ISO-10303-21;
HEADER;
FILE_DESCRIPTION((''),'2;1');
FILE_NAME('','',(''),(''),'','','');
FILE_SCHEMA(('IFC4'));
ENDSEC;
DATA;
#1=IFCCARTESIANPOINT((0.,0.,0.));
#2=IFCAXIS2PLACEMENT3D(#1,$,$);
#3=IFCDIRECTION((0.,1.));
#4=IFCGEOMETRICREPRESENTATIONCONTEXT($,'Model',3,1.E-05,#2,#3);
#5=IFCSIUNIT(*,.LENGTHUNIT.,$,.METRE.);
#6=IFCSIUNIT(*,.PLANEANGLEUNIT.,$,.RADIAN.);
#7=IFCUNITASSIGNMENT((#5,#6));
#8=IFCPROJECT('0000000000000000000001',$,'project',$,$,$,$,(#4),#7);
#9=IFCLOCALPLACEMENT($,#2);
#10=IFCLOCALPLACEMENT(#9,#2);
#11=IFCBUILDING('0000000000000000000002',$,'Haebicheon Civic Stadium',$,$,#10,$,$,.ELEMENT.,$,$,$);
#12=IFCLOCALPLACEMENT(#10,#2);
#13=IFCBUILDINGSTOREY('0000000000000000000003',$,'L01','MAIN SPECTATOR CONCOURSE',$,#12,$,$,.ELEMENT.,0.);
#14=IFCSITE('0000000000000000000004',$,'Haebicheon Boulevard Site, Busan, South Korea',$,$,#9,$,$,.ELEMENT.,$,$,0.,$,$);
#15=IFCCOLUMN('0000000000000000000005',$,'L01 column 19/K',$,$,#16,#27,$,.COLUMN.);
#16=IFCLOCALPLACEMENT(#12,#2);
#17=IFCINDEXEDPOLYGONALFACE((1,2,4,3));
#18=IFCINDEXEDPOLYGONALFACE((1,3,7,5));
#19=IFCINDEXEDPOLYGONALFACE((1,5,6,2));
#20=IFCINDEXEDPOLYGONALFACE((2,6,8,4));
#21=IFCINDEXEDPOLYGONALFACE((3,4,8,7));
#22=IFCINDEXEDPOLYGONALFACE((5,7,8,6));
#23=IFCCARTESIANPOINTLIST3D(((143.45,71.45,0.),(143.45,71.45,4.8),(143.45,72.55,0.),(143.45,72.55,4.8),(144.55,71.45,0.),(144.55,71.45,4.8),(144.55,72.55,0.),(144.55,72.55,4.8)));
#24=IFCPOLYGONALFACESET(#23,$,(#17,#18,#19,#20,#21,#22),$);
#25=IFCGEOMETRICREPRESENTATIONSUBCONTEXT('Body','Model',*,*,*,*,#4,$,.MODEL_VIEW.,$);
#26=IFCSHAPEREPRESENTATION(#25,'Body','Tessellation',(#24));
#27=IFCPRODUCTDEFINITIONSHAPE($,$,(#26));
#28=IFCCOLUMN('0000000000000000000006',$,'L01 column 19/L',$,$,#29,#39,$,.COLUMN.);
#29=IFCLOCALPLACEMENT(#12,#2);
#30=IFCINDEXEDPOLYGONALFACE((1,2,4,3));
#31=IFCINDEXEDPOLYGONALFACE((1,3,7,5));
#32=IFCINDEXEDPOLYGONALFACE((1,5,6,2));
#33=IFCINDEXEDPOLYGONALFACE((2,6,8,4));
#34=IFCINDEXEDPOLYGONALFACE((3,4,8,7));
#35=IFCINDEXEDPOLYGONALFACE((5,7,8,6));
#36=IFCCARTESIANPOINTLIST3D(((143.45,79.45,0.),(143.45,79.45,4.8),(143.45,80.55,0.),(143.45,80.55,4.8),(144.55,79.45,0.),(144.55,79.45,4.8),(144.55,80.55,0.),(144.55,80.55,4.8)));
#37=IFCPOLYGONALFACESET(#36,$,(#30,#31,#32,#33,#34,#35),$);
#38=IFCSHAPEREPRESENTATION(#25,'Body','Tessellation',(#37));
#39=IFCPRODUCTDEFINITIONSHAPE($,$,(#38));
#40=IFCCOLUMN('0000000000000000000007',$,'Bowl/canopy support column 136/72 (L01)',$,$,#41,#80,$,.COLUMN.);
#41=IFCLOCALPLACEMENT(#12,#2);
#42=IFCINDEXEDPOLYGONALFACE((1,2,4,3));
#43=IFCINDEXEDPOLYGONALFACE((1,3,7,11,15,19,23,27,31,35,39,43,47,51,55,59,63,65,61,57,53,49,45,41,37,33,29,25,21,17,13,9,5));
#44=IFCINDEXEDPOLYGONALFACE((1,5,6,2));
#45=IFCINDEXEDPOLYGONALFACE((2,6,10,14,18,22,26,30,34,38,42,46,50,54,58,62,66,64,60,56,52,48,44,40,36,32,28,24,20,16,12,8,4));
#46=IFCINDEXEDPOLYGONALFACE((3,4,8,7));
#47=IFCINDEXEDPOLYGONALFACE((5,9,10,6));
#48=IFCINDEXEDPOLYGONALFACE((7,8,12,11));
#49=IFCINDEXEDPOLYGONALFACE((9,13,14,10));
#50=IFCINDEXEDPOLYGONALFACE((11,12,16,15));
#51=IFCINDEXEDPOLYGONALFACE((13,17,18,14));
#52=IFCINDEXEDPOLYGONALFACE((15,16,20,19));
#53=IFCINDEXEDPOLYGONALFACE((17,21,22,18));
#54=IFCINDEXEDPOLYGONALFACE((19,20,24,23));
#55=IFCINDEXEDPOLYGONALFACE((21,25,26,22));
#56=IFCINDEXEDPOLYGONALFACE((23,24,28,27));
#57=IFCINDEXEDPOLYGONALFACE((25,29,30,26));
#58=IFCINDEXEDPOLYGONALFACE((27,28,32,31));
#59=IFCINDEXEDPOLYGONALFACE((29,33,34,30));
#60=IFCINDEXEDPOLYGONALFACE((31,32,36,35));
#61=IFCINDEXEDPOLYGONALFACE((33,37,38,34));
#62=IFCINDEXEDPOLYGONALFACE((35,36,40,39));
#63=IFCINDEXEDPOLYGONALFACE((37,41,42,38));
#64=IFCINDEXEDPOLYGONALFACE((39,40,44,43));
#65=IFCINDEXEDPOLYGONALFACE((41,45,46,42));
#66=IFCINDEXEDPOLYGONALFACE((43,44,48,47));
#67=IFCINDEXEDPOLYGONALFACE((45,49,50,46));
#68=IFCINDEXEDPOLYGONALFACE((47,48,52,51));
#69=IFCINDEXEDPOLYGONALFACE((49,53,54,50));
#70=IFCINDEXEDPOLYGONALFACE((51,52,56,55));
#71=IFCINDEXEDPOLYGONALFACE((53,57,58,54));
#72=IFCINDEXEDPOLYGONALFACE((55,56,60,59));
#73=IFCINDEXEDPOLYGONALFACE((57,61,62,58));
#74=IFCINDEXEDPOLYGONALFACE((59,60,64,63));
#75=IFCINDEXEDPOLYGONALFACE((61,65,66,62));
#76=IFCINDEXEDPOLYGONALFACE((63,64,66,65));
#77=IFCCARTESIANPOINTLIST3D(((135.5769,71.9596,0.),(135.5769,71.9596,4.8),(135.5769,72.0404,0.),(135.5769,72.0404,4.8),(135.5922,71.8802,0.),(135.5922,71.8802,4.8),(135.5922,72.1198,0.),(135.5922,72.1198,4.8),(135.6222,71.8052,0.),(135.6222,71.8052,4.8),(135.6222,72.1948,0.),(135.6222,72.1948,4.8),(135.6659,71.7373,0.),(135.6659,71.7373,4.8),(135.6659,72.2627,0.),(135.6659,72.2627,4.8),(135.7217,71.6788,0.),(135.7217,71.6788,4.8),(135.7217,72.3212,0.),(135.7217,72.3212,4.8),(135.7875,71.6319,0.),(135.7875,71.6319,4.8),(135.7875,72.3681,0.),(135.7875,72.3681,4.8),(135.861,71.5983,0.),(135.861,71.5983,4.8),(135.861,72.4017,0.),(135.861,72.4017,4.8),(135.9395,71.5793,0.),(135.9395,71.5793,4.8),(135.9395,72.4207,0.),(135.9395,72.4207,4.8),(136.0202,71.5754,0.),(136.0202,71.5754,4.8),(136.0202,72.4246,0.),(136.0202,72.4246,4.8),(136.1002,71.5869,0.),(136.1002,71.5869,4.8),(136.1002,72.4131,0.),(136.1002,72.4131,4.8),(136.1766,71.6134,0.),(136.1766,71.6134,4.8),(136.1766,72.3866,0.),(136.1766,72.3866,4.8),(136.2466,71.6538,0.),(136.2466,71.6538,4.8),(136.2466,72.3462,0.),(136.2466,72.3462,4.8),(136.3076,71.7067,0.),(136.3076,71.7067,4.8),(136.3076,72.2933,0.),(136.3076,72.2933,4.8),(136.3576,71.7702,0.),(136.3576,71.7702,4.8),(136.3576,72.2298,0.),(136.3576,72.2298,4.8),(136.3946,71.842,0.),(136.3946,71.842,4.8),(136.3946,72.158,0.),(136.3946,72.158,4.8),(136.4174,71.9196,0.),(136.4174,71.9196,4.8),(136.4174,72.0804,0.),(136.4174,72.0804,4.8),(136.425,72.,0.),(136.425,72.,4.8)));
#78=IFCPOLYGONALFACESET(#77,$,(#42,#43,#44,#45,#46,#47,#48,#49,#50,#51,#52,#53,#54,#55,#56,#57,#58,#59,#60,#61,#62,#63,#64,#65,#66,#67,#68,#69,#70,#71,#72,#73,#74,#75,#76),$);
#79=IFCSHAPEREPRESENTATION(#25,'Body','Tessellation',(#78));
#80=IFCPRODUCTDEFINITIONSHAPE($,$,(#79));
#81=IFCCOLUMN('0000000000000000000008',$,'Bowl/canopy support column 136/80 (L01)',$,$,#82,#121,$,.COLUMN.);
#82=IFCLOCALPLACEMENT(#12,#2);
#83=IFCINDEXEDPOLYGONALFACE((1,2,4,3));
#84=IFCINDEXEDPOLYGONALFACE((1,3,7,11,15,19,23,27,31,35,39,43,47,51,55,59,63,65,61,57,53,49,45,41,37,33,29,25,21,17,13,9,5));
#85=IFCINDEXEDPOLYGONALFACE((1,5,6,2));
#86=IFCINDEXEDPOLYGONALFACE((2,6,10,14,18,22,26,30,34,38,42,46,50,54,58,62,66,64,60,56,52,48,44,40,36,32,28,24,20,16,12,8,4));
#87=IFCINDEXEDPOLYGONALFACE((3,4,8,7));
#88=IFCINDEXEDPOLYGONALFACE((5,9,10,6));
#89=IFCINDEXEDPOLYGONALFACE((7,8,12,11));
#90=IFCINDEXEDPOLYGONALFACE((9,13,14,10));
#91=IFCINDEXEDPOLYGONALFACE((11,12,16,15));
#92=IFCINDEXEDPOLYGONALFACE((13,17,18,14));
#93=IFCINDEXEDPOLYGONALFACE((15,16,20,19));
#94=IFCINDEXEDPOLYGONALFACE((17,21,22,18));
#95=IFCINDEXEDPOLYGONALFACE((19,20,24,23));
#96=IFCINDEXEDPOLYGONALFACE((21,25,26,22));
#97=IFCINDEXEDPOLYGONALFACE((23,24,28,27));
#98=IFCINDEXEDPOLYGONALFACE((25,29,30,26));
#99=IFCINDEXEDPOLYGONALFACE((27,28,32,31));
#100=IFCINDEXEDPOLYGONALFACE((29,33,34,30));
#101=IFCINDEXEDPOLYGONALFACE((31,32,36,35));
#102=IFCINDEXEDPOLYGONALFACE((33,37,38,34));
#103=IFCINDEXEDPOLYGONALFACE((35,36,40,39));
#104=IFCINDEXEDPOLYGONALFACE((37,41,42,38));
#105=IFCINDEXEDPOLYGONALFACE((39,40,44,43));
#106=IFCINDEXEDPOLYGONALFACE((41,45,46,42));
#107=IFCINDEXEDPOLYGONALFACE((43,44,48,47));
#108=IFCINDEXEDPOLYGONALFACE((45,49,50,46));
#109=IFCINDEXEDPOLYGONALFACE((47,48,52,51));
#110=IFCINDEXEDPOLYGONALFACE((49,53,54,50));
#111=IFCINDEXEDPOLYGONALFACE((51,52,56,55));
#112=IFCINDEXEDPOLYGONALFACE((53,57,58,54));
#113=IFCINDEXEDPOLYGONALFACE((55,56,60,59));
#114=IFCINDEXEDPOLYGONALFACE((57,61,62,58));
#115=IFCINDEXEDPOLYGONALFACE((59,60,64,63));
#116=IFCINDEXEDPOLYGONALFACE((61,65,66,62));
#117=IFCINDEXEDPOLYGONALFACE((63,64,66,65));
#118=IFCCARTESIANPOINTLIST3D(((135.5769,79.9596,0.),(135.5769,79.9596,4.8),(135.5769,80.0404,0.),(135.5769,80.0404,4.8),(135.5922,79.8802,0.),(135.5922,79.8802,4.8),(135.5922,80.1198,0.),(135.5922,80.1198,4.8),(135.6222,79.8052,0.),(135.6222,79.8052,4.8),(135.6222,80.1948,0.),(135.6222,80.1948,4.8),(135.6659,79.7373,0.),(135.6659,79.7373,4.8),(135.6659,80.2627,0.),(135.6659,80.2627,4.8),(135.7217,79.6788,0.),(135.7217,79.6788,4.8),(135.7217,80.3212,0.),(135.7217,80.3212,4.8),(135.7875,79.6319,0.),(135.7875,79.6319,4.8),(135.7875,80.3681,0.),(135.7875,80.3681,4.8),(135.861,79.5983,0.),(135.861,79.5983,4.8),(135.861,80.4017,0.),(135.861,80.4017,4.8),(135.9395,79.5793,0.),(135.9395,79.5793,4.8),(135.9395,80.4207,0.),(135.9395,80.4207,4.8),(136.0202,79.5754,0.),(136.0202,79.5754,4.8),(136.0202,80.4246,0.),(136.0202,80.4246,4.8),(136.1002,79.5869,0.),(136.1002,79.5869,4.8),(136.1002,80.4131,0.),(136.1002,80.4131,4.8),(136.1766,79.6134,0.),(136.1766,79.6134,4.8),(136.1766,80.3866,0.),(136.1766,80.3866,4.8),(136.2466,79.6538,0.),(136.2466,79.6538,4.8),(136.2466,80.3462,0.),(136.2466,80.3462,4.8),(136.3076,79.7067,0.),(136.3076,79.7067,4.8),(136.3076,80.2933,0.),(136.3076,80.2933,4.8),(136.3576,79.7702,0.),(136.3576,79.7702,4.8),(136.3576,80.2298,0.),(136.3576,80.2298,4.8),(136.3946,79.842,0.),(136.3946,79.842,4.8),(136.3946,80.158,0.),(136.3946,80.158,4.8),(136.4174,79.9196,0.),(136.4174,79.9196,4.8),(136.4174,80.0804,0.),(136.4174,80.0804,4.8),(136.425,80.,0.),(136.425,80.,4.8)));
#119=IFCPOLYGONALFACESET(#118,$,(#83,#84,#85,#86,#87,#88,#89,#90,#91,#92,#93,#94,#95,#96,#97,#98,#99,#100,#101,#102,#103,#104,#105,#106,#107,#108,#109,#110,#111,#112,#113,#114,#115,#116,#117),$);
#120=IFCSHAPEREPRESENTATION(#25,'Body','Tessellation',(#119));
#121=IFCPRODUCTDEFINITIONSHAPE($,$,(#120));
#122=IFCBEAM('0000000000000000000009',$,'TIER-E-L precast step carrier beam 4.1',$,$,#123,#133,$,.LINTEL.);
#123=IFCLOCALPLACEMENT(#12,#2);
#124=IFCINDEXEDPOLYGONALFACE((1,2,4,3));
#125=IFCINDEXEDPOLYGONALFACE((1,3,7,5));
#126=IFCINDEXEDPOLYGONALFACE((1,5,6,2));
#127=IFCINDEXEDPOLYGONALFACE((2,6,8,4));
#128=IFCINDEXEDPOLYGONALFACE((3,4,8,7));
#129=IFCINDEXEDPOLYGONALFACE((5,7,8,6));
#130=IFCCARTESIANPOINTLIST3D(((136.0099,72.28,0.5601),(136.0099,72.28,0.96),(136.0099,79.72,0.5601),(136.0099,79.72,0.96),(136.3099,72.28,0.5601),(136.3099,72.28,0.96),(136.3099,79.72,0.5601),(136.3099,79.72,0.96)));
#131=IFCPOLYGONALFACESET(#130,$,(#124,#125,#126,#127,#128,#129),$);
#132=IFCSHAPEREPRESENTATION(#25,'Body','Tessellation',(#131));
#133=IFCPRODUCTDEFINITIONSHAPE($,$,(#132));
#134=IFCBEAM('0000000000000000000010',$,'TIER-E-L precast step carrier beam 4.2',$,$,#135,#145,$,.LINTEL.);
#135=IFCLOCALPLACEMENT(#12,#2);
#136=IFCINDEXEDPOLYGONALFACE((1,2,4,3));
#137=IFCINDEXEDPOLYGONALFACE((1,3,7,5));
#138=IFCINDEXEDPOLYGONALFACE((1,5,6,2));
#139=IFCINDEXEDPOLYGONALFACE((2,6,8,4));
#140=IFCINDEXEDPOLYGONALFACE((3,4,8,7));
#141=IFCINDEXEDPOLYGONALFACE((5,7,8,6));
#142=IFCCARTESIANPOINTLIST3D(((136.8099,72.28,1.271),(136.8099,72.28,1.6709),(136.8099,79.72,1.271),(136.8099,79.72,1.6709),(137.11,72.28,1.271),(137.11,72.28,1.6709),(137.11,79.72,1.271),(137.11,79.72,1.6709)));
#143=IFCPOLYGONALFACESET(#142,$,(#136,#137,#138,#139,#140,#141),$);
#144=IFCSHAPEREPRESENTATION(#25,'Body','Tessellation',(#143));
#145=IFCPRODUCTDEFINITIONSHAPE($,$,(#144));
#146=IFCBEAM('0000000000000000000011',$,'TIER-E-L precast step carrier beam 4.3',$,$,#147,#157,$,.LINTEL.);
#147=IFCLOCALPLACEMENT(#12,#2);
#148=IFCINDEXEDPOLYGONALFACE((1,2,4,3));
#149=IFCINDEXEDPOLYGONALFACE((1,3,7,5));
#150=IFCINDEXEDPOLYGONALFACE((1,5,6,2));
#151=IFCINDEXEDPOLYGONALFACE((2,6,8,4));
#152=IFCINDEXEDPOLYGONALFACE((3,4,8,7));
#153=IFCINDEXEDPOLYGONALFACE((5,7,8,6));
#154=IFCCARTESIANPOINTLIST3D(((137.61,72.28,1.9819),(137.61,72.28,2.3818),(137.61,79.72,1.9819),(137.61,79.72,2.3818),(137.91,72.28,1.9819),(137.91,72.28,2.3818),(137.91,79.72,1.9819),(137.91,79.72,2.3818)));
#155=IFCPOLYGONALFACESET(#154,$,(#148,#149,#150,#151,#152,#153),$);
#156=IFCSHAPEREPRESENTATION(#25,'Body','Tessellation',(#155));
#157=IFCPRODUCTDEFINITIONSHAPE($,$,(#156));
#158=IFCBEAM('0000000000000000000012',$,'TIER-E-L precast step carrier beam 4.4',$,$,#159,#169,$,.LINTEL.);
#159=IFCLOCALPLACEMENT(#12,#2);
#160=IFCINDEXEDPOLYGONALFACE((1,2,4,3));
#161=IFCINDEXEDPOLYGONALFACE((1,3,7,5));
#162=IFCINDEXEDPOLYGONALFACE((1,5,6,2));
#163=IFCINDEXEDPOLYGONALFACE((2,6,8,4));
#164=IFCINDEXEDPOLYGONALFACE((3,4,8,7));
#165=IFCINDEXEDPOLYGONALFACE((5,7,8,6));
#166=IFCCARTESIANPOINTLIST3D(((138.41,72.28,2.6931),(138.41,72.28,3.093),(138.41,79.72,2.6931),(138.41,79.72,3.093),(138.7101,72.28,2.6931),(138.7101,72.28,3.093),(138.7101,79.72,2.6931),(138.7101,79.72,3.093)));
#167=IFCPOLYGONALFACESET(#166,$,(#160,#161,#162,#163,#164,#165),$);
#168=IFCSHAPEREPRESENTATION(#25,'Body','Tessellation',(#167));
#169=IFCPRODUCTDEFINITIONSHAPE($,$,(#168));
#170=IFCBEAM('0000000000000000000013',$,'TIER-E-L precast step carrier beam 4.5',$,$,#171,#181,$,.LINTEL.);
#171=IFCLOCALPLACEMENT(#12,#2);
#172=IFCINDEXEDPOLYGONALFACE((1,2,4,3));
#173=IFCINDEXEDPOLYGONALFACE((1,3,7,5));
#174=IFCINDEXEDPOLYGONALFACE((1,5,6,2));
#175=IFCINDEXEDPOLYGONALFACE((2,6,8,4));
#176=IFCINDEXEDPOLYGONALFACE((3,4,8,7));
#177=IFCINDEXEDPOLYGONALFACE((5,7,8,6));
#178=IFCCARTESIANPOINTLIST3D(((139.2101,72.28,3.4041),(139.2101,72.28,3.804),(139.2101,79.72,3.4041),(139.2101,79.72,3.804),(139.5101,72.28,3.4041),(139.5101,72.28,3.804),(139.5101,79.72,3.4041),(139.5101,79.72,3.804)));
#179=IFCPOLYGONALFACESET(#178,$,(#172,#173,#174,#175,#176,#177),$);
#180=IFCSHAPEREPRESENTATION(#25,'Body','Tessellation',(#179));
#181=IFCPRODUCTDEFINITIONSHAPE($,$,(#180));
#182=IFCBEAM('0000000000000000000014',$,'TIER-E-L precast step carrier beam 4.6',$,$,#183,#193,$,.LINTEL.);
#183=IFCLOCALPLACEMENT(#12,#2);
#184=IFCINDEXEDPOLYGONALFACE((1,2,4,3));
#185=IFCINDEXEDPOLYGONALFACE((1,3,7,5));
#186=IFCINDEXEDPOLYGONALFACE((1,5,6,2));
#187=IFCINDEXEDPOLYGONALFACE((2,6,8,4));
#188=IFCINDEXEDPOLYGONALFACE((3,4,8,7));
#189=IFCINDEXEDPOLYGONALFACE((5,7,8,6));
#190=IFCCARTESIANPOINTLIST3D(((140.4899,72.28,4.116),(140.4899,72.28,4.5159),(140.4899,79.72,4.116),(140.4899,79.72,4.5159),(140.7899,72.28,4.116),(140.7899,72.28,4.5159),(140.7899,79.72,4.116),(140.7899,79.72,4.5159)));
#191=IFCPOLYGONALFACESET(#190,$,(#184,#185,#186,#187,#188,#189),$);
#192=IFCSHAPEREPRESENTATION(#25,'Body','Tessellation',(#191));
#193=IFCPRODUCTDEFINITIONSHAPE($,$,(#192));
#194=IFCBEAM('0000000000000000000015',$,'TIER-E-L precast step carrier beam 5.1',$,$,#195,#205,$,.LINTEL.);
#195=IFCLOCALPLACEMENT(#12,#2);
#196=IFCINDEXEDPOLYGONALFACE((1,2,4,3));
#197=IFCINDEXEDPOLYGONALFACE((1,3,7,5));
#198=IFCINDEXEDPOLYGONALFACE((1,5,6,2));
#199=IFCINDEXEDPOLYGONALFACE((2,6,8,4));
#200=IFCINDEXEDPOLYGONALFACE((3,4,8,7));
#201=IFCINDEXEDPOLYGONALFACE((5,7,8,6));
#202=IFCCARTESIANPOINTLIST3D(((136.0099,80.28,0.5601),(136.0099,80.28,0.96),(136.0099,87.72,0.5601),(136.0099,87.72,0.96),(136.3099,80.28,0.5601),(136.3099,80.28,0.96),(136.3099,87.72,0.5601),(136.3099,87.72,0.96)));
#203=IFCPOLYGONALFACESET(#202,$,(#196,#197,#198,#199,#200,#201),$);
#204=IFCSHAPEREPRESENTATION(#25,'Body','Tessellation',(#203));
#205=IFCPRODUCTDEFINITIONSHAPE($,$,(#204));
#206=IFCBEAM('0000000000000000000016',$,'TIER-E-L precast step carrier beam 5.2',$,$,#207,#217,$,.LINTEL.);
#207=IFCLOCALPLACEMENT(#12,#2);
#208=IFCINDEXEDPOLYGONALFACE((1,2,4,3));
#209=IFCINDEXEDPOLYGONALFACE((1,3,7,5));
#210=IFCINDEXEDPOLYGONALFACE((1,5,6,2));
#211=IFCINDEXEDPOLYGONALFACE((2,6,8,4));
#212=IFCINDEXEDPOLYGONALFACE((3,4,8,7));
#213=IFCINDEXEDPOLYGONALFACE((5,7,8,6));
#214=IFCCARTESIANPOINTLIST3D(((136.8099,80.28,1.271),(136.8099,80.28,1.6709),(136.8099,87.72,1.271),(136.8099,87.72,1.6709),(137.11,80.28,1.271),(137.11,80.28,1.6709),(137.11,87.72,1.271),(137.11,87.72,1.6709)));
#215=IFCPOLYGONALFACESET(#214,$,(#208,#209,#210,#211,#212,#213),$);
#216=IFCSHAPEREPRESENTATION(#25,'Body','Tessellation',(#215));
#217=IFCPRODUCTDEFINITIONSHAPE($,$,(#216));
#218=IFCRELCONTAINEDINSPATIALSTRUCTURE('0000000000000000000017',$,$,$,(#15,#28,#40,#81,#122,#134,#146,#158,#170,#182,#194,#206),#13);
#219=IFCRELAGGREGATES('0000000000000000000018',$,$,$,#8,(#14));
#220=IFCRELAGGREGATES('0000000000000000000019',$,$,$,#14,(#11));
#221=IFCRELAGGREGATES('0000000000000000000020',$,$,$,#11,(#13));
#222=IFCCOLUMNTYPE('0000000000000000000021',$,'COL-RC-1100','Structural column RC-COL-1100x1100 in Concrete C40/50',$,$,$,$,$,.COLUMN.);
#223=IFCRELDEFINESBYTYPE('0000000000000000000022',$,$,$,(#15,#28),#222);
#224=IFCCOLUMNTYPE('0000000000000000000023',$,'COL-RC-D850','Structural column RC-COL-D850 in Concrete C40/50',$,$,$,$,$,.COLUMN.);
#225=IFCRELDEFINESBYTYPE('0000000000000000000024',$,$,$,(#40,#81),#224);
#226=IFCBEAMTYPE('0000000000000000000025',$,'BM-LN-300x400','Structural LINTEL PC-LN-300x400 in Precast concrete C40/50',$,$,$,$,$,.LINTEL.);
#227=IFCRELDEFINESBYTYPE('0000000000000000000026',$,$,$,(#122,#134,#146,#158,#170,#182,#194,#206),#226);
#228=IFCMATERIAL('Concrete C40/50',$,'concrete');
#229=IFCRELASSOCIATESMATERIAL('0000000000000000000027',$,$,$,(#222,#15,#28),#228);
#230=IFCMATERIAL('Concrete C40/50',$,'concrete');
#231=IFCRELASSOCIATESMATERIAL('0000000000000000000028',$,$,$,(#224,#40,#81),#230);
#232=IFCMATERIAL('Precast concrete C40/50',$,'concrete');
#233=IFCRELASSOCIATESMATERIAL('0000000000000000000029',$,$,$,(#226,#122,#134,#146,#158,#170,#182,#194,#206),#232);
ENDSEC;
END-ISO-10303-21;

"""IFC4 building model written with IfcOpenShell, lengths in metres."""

from ifc_helpers import new_model, si_unit, direction, frame, origin, origin_2d, place, context, subcontext, project, spatial, rectangle, circle, extrude, material, material_profile, profile_set, type_object, element, save


model = new_model("IFC4")

# Units and contexts
model_context = context("Model", 3, precision=1e-05, world=origin(), true_north=direction((0.0, 1.0)))
body_context = subcontext(model_context, "Body", "Model", "MODEL_VIEW")
ifc_project = project(units=[si_unit("LENGTHUNIT", "METRE"), si_unit("PLANEANGLEUNIT", "RADIAN")], contexts=[model_context])

# Site, building, storey
site_placement = place(None, origin())
site = spatial("IfcSite", under=ifc_project, at=site_placement, Name="Haebicheon Boulevard Site, Busan, South Korea", CompositionType="ELEMENT", RefElevation=0.0)
building_placement = place(site_placement, origin())
building = spatial("IfcBuilding", under=site, at=building_placement, Name="Haebicheon Civic Stadium", CompositionType="ELEMENT")
storey_placement = place(building_placement, origin())
storey = spatial("IfcBuildingStorey", under=building, at=storey_placement, Name="L01", Description="MAIN SPECTATOR CONCOURSE", CompositionType="ELEMENT", Elevation=0.0)

# Columns
ifc_material_1 = material(Name="Concrete C40/50", Category="concrete")
ifc_material_profile_1 = material_profile(ifc_material_1, rectangle(XDim=1.1001, YDim=1.1001, at=origin_2d()), Name="RC-COL-1100x1100")
ifc_profile_set_1 = profile_set([ifc_material_profile_1], Name="Concrete C40/50")
column_type_1 = type_object("IfcColumnType", Name="COL-RC-1100", Description="Structural column RC-COL-1100x1100 in Concrete C40/50", PredefinedType="COLUMN", material=ifc_profile_set_1)
for number, where, z_axis, x_axis, name in (
    (1, (144.0, 72.0, 0.0), (0.0, 0.0, 1.0), (1.0, 0.0, 0.0), "L01 column 19/K"),
    (2, (144.0, 80.0, 0.0), (0.0, 0.0, 1.0), (1.0, 0.0, 0.0), "L01 column 19/L"),
):
    element("IfcColumn", number, at=place(storey_placement, frame(where, z_axis=z_axis, x_axis=x_axis)), inside=storey, type_object=column_type_1, material=ifc_profile_set_1, Name=name, PredefinedType="COLUMN", context=body_context, shape_type="SweptSolid", body=[
        extrude(rectangle(XDim=1.1001, YDim=1.1001, at=origin_2d()), origin(), (0.0, 0.0, 1.0), 4.8),
    ])
ifc_material_2 = material(Name="Concrete C40/50", Category="concrete")
ifc_material_profile_2 = material_profile(ifc_material_2, circle(Radius=0.425, at=origin_2d()), Name="RC-COL-D850")
ifc_profile_set_2 = profile_set([ifc_material_profile_2], Name="Concrete C40/50")
column_type_2 = type_object("IfcColumnType", Name="COL-RC-D850", Description="Structural column RC-COL-D850 in Concrete C40/50", PredefinedType="COLUMN", material=ifc_profile_set_2)
for number, where, z_axis, x_axis, name in (
    (3, (136.0, 72.0, 0.0), (0.0, 0.0, 1.0), (1.0, 0.0, 0.0), "Bowl/canopy support column 136/72 (L01)"),
    (4, (136.0, 80.0, 0.0), (0.0, 0.0, 1.0), (1.0, 0.0, 0.0), "Bowl/canopy support column 136/80 (L01)"),
):
    element("IfcColumn", number, at=place(storey_placement, frame(where, z_axis=z_axis, x_axis=x_axis)), inside=storey, type_object=column_type_2, material=ifc_profile_set_2, Name=name, PredefinedType="COLUMN", context=body_context, shape_type="SweptSolid", body=[
        extrude(circle(Radius=0.425, at=origin_2d()), origin(), (0.0, 0.0, 1.0), 4.8),
    ])

# Beams
ifc_material_3 = material(Name="Precast concrete C40/50", Category="concrete")
ifc_material_profile_3 = material_profile(ifc_material_3, rectangle(XDim=0.3, YDim=0.3999, at=origin_2d()), Name="PC-LN-300x400")
ifc_profile_set_3 = profile_set([ifc_material_profile_3], Name="Precast concrete C40/50")
beam_type_1 = type_object("IfcBeamType", Name="BM-LN-300x400", Description="Structural LINTEL PC-LN-300x400 in Precast concrete C40/50", PredefinedType="LINTEL", material=ifc_profile_set_3)
for number, where, z_axis, x_axis, name in (
    (5, (136.1599, 72.28, 0.76), (0.0, 1.0, 0.0), (-1.0, 0.0, 0.0), "TIER-E-L precast step carrier beam 4.1"),
    (6, (136.96, 72.28, 1.4709), (0.0, 1.0, 0.0), (-1.0, 0.0, 0.0), "TIER-E-L precast step carrier beam 4.2"),
    (7, (137.76, 72.28, 2.1819), (0.0, 1.0, 0.0), (-1.0, 0.0, 0.0), "TIER-E-L precast step carrier beam 4.3"),
    (8, (138.5601, 72.28, 2.8931), (0.0, 1.0, 0.0), (-1.0, 0.0, 0.0), "TIER-E-L precast step carrier beam 4.4"),
    (9, (139.3601, 72.28, 3.604), (0.0, 1.0, 0.0), (-1.0, 0.0, 0.0), "TIER-E-L precast step carrier beam 4.5"),
    (10, (140.6399, 72.28, 4.3159), (0.0, 1.0, 0.0), (-1.0, 0.0, 0.0), "TIER-E-L precast step carrier beam 4.6"),
    (11, (136.1599, 80.28, 0.76), (0.0, 1.0, 0.0), (-1.0, 0.0, 0.0), "TIER-E-L precast step carrier beam 5.1"),
    (12, (136.96, 80.28, 1.4709), (0.0, 1.0, 0.0), (-1.0, 0.0, 0.0), "TIER-E-L precast step carrier beam 5.2"),
):
    element("IfcBeam", number, at=place(storey_placement, frame(where, z_axis=z_axis, x_axis=x_axis)), inside=storey, type_object=beam_type_1, material=ifc_profile_set_3, Name=name, PredefinedType="LINTEL", context=body_context, shape_type="SweptSolid", body=[
        extrude(rectangle(XDim=0.3, YDim=0.3999, at=origin_2d()), origin(), (0.0, 0.0, 1.0), 7.4399),
    ])

save(model, "model.ifc")
